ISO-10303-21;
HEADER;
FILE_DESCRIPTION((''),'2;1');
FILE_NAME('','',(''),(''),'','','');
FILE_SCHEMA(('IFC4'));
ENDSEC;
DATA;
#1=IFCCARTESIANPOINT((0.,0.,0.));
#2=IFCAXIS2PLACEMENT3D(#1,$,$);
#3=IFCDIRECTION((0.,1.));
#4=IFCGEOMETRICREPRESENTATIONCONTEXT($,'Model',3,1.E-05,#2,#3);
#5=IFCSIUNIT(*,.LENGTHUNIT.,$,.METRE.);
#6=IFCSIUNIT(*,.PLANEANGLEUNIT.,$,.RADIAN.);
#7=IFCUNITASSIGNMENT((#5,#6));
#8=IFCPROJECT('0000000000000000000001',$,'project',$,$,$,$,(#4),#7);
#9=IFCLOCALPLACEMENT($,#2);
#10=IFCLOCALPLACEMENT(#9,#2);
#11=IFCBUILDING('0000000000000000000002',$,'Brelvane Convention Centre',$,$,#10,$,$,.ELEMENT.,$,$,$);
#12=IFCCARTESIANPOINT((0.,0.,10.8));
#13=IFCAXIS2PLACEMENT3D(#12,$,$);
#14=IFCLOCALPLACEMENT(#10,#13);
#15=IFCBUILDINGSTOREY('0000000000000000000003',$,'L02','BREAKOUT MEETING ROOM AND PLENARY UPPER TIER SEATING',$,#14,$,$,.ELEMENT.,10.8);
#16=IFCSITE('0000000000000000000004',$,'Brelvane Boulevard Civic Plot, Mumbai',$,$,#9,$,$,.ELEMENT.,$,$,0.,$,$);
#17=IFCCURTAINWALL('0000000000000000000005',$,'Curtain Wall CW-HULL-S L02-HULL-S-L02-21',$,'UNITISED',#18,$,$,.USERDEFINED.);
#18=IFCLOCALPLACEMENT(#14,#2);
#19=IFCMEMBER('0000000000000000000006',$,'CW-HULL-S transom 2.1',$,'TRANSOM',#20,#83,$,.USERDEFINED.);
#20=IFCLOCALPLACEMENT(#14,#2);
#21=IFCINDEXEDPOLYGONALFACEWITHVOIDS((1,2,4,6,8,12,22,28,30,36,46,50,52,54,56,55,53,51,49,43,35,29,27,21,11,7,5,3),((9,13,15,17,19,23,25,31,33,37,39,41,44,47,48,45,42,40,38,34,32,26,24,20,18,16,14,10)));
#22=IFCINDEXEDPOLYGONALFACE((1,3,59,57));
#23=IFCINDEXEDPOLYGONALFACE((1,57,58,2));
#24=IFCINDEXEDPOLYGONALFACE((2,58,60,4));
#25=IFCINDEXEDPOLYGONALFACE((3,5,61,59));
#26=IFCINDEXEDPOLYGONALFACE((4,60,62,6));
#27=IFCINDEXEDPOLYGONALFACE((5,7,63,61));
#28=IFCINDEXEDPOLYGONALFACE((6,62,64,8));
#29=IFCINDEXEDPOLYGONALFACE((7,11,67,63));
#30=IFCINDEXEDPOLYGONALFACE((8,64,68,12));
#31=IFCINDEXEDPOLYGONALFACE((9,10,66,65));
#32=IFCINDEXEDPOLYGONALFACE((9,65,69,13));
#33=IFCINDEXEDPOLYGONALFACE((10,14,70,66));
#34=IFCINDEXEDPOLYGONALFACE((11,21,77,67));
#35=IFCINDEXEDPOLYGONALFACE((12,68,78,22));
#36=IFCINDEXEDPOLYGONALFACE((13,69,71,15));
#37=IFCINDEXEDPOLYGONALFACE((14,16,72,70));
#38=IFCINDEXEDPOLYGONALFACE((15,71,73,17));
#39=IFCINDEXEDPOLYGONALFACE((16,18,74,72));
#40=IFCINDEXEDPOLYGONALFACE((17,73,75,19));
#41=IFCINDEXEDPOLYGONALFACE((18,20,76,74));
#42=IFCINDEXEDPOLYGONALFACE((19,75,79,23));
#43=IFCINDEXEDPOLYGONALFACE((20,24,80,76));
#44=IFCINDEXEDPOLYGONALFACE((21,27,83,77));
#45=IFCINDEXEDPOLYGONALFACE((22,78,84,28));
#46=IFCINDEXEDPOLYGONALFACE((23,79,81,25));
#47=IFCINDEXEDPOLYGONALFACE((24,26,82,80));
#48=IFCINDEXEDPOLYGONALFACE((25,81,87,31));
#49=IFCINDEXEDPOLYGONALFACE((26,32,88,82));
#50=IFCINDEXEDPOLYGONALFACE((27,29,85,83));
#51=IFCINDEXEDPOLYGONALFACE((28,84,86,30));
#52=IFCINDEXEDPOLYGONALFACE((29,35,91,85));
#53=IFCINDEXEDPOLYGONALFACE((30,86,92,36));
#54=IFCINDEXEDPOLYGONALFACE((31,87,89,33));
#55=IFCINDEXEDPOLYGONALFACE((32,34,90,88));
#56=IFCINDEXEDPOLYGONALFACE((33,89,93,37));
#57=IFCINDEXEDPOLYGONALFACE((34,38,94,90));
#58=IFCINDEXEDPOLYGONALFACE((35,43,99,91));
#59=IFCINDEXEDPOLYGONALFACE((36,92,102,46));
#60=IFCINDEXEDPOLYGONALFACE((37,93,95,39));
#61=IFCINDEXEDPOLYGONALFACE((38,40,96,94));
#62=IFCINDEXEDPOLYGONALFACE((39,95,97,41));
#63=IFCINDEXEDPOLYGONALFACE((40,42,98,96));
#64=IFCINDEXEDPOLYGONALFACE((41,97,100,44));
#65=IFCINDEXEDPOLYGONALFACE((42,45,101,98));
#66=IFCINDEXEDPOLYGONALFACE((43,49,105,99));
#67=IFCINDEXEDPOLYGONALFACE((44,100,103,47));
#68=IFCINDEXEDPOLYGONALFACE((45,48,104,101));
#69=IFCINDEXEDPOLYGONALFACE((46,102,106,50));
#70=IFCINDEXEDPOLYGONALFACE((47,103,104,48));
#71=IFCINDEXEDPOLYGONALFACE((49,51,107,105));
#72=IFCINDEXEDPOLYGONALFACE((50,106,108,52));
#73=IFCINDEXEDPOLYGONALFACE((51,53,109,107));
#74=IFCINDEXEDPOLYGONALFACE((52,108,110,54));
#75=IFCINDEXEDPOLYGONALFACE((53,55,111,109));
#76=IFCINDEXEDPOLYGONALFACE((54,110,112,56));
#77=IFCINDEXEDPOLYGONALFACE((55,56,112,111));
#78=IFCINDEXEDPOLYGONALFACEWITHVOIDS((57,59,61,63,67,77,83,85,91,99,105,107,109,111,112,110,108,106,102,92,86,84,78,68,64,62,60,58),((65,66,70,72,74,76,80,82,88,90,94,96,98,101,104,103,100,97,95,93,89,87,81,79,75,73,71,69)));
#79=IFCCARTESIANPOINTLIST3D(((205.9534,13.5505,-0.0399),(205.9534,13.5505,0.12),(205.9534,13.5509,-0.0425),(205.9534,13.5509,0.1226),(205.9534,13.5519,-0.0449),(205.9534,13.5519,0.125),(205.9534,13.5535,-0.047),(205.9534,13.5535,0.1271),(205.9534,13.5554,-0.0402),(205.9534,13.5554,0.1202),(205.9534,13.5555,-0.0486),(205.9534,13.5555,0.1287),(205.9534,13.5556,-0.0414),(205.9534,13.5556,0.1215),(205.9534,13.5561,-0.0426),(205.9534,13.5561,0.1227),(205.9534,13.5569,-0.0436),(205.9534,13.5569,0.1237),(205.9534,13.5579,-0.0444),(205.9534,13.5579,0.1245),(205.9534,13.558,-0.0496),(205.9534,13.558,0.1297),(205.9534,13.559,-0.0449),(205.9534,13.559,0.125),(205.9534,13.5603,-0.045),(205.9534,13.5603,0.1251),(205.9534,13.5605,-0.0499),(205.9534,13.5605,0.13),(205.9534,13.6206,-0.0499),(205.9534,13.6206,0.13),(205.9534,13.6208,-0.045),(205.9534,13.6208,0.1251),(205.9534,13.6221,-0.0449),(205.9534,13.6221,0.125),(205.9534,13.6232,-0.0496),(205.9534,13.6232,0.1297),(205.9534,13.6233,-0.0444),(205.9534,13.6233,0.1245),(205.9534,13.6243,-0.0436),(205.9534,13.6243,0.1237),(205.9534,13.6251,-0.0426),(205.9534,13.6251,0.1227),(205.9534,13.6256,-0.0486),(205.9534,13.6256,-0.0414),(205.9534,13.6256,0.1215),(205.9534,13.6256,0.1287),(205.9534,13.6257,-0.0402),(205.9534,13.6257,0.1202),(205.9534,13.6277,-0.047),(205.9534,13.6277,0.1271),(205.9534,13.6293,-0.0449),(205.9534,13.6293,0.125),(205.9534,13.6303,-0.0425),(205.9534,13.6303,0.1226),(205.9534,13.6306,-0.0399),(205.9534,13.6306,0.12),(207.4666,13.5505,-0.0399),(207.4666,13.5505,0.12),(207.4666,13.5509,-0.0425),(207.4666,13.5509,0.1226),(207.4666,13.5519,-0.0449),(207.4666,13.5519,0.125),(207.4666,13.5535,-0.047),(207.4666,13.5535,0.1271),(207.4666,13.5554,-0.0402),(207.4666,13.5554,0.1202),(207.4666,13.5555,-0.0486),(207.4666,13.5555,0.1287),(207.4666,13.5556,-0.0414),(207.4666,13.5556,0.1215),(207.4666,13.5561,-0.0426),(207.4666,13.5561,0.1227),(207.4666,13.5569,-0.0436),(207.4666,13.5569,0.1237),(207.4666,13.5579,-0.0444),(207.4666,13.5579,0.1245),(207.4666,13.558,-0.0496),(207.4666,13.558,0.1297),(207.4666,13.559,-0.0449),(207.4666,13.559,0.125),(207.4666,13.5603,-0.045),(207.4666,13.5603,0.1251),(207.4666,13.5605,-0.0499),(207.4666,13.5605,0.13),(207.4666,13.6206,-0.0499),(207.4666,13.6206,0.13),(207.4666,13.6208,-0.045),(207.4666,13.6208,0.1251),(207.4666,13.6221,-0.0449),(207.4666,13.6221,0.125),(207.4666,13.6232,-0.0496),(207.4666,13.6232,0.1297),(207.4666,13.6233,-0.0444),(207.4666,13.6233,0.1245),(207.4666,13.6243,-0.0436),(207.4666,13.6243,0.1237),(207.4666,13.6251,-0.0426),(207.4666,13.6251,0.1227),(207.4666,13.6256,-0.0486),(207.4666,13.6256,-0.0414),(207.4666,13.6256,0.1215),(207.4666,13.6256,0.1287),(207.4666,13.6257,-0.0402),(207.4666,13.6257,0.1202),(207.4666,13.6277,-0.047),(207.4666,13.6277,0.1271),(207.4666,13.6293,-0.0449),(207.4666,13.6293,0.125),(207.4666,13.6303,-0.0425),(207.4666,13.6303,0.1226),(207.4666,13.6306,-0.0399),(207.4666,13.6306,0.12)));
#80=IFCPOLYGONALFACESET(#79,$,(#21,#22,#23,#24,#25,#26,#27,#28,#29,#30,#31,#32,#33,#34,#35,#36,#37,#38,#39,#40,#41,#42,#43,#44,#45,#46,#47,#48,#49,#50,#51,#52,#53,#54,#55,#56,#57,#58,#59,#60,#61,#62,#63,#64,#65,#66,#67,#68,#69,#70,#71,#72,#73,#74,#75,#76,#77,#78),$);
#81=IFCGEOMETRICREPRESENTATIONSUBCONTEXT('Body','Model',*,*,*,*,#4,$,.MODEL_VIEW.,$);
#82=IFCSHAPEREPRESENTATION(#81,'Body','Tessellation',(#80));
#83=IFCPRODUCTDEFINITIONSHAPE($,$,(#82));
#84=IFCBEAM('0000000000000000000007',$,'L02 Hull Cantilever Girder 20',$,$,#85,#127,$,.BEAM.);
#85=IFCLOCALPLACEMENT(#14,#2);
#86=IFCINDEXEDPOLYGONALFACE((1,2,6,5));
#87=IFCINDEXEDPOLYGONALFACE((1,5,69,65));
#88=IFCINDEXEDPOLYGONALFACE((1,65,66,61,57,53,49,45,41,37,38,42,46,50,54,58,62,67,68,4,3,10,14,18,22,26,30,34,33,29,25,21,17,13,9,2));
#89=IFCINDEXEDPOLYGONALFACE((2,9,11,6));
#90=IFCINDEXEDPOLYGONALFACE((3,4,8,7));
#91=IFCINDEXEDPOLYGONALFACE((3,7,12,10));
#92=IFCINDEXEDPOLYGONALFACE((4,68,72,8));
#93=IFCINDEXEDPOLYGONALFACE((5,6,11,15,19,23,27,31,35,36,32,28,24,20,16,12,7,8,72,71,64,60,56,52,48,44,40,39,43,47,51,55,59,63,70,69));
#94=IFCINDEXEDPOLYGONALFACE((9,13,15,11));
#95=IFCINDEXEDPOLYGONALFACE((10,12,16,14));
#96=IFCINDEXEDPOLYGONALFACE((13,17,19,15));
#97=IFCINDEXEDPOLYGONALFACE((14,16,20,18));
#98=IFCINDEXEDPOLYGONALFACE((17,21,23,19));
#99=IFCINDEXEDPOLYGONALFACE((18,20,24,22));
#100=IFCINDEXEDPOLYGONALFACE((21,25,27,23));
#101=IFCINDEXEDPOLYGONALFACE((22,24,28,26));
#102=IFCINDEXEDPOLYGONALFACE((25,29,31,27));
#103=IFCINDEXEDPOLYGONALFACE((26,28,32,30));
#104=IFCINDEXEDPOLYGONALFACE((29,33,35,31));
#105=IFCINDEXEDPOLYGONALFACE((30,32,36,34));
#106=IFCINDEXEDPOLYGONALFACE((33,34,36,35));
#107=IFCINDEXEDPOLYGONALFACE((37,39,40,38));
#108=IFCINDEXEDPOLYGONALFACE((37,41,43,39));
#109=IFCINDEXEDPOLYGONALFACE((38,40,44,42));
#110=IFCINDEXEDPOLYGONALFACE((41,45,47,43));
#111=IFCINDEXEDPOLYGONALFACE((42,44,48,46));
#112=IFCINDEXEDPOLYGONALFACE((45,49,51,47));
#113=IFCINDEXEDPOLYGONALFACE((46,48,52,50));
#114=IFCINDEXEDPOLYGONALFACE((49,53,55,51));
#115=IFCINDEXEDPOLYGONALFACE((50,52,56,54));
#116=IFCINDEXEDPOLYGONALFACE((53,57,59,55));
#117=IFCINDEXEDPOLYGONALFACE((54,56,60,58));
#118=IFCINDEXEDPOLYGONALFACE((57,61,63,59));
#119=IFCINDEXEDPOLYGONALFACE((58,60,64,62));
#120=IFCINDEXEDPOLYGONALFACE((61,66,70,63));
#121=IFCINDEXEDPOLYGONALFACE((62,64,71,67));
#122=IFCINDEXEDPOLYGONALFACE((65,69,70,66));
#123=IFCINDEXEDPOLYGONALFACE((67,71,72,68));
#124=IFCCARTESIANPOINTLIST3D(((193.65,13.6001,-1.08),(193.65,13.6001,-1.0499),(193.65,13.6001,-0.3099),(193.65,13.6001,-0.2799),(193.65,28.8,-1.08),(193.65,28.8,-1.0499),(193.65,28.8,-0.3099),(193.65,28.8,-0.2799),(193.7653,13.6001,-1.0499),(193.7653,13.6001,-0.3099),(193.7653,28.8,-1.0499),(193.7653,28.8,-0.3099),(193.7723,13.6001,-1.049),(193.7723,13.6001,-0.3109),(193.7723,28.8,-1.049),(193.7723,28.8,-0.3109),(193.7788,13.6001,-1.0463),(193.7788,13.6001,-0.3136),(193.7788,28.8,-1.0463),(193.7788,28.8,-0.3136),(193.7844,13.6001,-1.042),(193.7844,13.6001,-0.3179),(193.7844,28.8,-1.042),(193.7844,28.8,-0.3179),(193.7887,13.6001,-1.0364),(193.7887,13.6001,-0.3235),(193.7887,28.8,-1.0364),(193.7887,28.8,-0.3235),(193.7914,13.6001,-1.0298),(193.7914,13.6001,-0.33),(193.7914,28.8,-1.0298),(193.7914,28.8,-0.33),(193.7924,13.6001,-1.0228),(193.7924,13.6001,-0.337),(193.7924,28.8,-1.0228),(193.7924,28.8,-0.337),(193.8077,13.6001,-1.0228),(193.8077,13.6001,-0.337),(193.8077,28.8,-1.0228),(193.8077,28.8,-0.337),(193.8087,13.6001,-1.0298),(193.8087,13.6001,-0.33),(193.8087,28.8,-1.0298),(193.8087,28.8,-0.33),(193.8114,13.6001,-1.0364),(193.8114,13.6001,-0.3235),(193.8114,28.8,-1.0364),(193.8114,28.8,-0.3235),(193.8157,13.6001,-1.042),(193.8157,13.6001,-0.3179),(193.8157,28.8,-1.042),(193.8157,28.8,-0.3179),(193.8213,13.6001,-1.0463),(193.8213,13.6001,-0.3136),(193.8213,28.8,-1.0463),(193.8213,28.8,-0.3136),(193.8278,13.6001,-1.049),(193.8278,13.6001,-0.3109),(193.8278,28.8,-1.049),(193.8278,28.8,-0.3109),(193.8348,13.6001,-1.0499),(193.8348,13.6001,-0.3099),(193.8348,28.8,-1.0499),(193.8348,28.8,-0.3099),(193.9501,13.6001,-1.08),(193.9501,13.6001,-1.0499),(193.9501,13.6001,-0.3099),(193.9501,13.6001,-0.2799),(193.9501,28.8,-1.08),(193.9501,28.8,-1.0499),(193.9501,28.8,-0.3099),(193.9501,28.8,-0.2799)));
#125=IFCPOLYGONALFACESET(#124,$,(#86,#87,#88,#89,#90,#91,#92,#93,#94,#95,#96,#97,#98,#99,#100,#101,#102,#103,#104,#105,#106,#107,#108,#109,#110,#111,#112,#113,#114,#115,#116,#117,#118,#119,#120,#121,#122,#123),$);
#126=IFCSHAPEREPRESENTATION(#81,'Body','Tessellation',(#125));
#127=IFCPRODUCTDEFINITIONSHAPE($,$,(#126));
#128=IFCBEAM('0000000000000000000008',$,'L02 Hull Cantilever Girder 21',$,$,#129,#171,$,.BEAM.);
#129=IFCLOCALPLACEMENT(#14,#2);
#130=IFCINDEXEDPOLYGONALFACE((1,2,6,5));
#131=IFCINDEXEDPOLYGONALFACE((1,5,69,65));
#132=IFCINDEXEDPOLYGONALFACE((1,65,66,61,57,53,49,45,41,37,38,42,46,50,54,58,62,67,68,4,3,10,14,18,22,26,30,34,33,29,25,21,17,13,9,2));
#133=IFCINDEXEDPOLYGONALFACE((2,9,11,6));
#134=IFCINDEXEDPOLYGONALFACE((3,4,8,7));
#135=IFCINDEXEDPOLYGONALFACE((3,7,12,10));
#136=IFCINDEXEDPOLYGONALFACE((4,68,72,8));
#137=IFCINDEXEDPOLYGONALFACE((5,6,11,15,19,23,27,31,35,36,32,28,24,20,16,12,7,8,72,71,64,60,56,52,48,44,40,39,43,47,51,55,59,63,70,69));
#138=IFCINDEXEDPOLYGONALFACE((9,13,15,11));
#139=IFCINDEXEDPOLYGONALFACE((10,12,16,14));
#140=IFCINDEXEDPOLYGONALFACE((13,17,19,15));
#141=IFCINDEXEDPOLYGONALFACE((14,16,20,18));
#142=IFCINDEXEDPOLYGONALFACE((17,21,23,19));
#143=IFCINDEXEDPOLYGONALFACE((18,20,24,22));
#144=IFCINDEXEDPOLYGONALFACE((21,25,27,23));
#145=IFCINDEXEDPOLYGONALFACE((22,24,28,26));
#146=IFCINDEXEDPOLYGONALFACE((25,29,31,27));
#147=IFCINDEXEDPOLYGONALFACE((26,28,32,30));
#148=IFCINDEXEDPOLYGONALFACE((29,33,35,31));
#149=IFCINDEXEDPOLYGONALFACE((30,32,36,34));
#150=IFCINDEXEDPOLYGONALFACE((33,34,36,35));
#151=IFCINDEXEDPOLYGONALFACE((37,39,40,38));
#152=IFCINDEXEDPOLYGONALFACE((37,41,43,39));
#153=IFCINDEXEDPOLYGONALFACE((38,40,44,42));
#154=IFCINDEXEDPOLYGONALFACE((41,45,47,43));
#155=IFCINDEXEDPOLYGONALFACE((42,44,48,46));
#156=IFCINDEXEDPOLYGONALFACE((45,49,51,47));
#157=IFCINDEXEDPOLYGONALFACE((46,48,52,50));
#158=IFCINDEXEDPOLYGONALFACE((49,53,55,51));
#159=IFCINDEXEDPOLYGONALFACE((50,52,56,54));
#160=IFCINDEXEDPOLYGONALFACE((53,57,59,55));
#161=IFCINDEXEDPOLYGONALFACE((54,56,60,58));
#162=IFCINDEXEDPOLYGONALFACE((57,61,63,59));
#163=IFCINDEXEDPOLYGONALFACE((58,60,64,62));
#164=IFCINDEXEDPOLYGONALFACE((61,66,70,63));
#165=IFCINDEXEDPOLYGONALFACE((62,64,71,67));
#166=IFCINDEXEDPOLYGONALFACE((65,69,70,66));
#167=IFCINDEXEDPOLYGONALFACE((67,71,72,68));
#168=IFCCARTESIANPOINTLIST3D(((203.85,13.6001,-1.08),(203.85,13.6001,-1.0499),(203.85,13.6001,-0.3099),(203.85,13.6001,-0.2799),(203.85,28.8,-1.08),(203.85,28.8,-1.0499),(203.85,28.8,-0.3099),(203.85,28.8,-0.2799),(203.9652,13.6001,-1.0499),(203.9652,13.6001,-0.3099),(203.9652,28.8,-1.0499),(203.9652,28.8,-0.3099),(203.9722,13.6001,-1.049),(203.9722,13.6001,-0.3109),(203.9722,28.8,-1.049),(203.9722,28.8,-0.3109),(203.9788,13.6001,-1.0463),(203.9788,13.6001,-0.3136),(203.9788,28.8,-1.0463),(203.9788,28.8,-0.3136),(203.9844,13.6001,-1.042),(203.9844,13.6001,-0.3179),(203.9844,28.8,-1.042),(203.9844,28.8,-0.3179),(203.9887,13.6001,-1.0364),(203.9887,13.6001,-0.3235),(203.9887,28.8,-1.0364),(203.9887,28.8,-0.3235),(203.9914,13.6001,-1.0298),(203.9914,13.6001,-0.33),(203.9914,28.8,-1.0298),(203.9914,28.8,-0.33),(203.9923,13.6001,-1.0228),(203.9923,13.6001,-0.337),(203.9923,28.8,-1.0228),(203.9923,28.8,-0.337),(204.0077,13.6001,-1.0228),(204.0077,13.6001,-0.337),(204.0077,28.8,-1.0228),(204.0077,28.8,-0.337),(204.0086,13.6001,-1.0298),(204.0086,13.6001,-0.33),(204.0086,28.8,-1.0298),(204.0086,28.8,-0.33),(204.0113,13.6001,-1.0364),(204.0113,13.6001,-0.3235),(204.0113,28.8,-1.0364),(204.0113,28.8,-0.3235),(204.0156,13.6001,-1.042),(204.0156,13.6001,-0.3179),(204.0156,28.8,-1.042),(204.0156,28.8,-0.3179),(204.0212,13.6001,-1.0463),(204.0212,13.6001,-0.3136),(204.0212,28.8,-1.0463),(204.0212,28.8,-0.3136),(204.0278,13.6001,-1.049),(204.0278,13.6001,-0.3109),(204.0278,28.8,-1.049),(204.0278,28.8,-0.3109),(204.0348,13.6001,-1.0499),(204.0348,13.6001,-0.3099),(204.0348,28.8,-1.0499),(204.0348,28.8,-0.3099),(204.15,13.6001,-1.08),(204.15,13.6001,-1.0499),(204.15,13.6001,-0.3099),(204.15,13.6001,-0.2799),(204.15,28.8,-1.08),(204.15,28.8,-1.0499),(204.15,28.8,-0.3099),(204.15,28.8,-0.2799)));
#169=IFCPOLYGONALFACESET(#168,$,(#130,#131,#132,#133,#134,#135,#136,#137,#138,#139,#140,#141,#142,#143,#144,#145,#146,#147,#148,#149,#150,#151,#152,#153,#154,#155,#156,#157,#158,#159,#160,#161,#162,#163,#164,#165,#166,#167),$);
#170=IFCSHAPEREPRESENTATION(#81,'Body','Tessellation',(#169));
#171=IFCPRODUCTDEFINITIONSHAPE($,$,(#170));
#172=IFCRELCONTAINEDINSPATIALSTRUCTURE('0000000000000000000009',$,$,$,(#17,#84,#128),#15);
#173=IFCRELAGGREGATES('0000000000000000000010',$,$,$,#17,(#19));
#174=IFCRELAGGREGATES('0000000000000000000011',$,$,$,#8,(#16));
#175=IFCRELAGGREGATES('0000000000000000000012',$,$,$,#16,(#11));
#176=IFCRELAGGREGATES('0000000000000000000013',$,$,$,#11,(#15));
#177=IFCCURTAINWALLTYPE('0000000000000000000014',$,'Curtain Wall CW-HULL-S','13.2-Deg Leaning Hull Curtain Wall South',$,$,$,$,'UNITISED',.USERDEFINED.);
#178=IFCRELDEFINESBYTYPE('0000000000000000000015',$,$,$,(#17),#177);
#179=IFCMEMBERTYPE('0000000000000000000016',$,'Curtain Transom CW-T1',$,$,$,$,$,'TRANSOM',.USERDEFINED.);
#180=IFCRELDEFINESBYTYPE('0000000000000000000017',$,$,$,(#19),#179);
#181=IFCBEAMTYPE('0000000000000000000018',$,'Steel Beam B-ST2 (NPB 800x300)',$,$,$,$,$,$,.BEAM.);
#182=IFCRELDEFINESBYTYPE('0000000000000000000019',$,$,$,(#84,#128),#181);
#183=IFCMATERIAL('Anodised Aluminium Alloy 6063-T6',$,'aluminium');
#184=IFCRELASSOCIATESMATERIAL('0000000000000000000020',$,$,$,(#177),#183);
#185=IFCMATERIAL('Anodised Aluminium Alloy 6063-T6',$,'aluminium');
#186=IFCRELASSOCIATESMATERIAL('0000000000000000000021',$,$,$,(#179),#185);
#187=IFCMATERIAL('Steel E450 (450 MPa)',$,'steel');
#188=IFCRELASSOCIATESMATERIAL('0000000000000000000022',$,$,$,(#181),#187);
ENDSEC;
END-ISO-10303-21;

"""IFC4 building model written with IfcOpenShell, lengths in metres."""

from ifc_helpers import new_model, si_unit, direction, frame, origin, origin_2d, place, context, subcontext, project, spatial, hollow_rectangle, i_section, extrude, material, material_profile, profile_set, type_object, element, aggregate, save


model = new_model("IFC4")

# Units and contexts
model_context = context("Model", 3, precision=1e-05, world=origin(), true_north=direction((0.0, 1.0)))
body_context = subcontext(model_context, "Body", "Model", "MODEL_VIEW")
ifc_project = project(units=[si_unit("LENGTHUNIT", "METRE"), si_unit("PLANEANGLEUNIT", "RADIAN")], contexts=[model_context])

# Site, building, storey
site_placement = place(None, origin())
site = spatial("IfcSite", under=ifc_project, at=site_placement, Name="Brelvane Boulevard Civic Plot, Mumbai", CompositionType="ELEMENT", RefElevation=0.0)
building_placement = place(site_placement, origin())
building = spatial("IfcBuilding", under=site, at=building_placement, Name="Brelvane Convention Centre", CompositionType="ELEMENT")
storey_placement = place(building_placement, frame((0.0, 0.0, 10.8)))
storey = spatial("IfcBuildingStorey", under=building, at=storey_placement, Name="L02", Description="BREAKOUT MEETING ROOM AND PLENARY UPPER TIER SEATING", CompositionType="ELEMENT", Elevation=10.8)

# Shared definitions
ifc_material_1 = material(Name="Anodised Aluminium Alloy 6063-T6", Category="aluminium")
curtain_wall_type = type_object("IfcCurtainWallType", Name="Curtain Wall CW-HULL-S", Description="13.2-Deg Leaning Hull Curtain Wall South", ElementType="UNITISED", PredefinedType="USERDEFINED", material=ifc_material_1)

# Shared definitions
ifc_material_2 = material(Name="Anodised Aluminium Alloy 6063-T6", Category="aluminium")
ifc_material_profile_1 = material_profile(ifc_material_2, hollow_rectangle(XDim=0.0801, YDim=0.1799, WallThickness=0.0049, InnerFilletRadius=0.0049, OuterFilletRadius=0.01, at=origin_2d()), Name="ALU-T 180x80x5.0")
ifc_profile_set_1 = profile_set([ifc_material_profile_1], Name="Anodised Aluminium Alloy 6063-T6")
member_type_1 = type_object("IfcMemberType", Name="Curtain Transom CW-T1", ElementType="TRANSOM", PredefinedType="USERDEFINED", material=ifc_profile_set_1)

# Curtain wall, member
curtain_wall_1_placement = place(storey_placement, origin())
curtain_wall_1 = element("IfcCurtainWall", 1, at=curtain_wall_1_placement, inside=storey, type_object=curtain_wall_type, Name="Curtain Wall CW-HULL-S L02-HULL-S-L02-21", ObjectType="UNITISED", PredefinedType="USERDEFINED")
member_1_placement = place(storey_placement, frame((205.9534, 13.5906, 0.04), z_axis=(1.0, 0.0, 0.0), x_axis=(0.0, 1.0, 0.0)))
member_1 = element("IfcMember", 2, at=member_1_placement, type_object=member_type_1, Name="CW-HULL-S transom 2.1", ObjectType="TRANSOM", PredefinedType="USERDEFINED", context=body_context, shape_type="SweptSolid", body=[
    extrude(hollow_rectangle(XDim=0.0801, YDim=0.1799, WallThickness=0.0049, InnerFilletRadius=0.0049, OuterFilletRadius=0.01, at=origin_2d()), origin(), (0.0, 0.0, 1.0), 1.5132),
])

# Beams
ifc_material_3 = material(Name="Steel E450 (450 MPa)", Category="steel")
ifc_material_profile_2 = material_profile(ifc_material_3, i_section(OverallWidth=0.3, OverallDepth=0.8, WebThickness=0.0154, FlangeThickness=0.03, FilletRadius=0.0271, at=origin_2d()), Name="NPB 800x300")
ifc_profile_set_2 = profile_set([ifc_material_profile_2], Name="Steel E450 (450 MPa)")
beam_type_1 = type_object("IfcBeamType", Name="Steel Beam B-ST2 (NPB 800x300)", PredefinedType="BEAM", material=ifc_profile_set_2)
for number, where, z_axis, x_axis, name in (
    (3, (193.8, 13.6001, -0.6799), (0.0, 1.0, 0.0), (-1.0, 0.0, 0.0), "L02 Hull Cantilever Girder 20"),
    (4, (204.0, 13.6001, -0.6799), (0.0, 1.0, 0.0), (-1.0, 0.0, 0.0), "L02 Hull Cantilever Girder 21"),
):
    element("IfcBeam", number, at=place(storey_placement, frame(where, z_axis=z_axis, x_axis=x_axis)), inside=storey, type_object=beam_type_1, Name=name, PredefinedType="BEAM", context=body_context, shape_type="SweptSolid", body=[
        extrude(i_section(OverallWidth=0.3, OverallDepth=0.8, WebThickness=0.0154, FlangeThickness=0.03, FilletRadius=0.0271, at=origin_2d()), origin(), (0.0, 0.0, 1.0), 15.2),
    ])

aggregate(curtain_wall_1, [member_1])

save(model, "model.ifc")
